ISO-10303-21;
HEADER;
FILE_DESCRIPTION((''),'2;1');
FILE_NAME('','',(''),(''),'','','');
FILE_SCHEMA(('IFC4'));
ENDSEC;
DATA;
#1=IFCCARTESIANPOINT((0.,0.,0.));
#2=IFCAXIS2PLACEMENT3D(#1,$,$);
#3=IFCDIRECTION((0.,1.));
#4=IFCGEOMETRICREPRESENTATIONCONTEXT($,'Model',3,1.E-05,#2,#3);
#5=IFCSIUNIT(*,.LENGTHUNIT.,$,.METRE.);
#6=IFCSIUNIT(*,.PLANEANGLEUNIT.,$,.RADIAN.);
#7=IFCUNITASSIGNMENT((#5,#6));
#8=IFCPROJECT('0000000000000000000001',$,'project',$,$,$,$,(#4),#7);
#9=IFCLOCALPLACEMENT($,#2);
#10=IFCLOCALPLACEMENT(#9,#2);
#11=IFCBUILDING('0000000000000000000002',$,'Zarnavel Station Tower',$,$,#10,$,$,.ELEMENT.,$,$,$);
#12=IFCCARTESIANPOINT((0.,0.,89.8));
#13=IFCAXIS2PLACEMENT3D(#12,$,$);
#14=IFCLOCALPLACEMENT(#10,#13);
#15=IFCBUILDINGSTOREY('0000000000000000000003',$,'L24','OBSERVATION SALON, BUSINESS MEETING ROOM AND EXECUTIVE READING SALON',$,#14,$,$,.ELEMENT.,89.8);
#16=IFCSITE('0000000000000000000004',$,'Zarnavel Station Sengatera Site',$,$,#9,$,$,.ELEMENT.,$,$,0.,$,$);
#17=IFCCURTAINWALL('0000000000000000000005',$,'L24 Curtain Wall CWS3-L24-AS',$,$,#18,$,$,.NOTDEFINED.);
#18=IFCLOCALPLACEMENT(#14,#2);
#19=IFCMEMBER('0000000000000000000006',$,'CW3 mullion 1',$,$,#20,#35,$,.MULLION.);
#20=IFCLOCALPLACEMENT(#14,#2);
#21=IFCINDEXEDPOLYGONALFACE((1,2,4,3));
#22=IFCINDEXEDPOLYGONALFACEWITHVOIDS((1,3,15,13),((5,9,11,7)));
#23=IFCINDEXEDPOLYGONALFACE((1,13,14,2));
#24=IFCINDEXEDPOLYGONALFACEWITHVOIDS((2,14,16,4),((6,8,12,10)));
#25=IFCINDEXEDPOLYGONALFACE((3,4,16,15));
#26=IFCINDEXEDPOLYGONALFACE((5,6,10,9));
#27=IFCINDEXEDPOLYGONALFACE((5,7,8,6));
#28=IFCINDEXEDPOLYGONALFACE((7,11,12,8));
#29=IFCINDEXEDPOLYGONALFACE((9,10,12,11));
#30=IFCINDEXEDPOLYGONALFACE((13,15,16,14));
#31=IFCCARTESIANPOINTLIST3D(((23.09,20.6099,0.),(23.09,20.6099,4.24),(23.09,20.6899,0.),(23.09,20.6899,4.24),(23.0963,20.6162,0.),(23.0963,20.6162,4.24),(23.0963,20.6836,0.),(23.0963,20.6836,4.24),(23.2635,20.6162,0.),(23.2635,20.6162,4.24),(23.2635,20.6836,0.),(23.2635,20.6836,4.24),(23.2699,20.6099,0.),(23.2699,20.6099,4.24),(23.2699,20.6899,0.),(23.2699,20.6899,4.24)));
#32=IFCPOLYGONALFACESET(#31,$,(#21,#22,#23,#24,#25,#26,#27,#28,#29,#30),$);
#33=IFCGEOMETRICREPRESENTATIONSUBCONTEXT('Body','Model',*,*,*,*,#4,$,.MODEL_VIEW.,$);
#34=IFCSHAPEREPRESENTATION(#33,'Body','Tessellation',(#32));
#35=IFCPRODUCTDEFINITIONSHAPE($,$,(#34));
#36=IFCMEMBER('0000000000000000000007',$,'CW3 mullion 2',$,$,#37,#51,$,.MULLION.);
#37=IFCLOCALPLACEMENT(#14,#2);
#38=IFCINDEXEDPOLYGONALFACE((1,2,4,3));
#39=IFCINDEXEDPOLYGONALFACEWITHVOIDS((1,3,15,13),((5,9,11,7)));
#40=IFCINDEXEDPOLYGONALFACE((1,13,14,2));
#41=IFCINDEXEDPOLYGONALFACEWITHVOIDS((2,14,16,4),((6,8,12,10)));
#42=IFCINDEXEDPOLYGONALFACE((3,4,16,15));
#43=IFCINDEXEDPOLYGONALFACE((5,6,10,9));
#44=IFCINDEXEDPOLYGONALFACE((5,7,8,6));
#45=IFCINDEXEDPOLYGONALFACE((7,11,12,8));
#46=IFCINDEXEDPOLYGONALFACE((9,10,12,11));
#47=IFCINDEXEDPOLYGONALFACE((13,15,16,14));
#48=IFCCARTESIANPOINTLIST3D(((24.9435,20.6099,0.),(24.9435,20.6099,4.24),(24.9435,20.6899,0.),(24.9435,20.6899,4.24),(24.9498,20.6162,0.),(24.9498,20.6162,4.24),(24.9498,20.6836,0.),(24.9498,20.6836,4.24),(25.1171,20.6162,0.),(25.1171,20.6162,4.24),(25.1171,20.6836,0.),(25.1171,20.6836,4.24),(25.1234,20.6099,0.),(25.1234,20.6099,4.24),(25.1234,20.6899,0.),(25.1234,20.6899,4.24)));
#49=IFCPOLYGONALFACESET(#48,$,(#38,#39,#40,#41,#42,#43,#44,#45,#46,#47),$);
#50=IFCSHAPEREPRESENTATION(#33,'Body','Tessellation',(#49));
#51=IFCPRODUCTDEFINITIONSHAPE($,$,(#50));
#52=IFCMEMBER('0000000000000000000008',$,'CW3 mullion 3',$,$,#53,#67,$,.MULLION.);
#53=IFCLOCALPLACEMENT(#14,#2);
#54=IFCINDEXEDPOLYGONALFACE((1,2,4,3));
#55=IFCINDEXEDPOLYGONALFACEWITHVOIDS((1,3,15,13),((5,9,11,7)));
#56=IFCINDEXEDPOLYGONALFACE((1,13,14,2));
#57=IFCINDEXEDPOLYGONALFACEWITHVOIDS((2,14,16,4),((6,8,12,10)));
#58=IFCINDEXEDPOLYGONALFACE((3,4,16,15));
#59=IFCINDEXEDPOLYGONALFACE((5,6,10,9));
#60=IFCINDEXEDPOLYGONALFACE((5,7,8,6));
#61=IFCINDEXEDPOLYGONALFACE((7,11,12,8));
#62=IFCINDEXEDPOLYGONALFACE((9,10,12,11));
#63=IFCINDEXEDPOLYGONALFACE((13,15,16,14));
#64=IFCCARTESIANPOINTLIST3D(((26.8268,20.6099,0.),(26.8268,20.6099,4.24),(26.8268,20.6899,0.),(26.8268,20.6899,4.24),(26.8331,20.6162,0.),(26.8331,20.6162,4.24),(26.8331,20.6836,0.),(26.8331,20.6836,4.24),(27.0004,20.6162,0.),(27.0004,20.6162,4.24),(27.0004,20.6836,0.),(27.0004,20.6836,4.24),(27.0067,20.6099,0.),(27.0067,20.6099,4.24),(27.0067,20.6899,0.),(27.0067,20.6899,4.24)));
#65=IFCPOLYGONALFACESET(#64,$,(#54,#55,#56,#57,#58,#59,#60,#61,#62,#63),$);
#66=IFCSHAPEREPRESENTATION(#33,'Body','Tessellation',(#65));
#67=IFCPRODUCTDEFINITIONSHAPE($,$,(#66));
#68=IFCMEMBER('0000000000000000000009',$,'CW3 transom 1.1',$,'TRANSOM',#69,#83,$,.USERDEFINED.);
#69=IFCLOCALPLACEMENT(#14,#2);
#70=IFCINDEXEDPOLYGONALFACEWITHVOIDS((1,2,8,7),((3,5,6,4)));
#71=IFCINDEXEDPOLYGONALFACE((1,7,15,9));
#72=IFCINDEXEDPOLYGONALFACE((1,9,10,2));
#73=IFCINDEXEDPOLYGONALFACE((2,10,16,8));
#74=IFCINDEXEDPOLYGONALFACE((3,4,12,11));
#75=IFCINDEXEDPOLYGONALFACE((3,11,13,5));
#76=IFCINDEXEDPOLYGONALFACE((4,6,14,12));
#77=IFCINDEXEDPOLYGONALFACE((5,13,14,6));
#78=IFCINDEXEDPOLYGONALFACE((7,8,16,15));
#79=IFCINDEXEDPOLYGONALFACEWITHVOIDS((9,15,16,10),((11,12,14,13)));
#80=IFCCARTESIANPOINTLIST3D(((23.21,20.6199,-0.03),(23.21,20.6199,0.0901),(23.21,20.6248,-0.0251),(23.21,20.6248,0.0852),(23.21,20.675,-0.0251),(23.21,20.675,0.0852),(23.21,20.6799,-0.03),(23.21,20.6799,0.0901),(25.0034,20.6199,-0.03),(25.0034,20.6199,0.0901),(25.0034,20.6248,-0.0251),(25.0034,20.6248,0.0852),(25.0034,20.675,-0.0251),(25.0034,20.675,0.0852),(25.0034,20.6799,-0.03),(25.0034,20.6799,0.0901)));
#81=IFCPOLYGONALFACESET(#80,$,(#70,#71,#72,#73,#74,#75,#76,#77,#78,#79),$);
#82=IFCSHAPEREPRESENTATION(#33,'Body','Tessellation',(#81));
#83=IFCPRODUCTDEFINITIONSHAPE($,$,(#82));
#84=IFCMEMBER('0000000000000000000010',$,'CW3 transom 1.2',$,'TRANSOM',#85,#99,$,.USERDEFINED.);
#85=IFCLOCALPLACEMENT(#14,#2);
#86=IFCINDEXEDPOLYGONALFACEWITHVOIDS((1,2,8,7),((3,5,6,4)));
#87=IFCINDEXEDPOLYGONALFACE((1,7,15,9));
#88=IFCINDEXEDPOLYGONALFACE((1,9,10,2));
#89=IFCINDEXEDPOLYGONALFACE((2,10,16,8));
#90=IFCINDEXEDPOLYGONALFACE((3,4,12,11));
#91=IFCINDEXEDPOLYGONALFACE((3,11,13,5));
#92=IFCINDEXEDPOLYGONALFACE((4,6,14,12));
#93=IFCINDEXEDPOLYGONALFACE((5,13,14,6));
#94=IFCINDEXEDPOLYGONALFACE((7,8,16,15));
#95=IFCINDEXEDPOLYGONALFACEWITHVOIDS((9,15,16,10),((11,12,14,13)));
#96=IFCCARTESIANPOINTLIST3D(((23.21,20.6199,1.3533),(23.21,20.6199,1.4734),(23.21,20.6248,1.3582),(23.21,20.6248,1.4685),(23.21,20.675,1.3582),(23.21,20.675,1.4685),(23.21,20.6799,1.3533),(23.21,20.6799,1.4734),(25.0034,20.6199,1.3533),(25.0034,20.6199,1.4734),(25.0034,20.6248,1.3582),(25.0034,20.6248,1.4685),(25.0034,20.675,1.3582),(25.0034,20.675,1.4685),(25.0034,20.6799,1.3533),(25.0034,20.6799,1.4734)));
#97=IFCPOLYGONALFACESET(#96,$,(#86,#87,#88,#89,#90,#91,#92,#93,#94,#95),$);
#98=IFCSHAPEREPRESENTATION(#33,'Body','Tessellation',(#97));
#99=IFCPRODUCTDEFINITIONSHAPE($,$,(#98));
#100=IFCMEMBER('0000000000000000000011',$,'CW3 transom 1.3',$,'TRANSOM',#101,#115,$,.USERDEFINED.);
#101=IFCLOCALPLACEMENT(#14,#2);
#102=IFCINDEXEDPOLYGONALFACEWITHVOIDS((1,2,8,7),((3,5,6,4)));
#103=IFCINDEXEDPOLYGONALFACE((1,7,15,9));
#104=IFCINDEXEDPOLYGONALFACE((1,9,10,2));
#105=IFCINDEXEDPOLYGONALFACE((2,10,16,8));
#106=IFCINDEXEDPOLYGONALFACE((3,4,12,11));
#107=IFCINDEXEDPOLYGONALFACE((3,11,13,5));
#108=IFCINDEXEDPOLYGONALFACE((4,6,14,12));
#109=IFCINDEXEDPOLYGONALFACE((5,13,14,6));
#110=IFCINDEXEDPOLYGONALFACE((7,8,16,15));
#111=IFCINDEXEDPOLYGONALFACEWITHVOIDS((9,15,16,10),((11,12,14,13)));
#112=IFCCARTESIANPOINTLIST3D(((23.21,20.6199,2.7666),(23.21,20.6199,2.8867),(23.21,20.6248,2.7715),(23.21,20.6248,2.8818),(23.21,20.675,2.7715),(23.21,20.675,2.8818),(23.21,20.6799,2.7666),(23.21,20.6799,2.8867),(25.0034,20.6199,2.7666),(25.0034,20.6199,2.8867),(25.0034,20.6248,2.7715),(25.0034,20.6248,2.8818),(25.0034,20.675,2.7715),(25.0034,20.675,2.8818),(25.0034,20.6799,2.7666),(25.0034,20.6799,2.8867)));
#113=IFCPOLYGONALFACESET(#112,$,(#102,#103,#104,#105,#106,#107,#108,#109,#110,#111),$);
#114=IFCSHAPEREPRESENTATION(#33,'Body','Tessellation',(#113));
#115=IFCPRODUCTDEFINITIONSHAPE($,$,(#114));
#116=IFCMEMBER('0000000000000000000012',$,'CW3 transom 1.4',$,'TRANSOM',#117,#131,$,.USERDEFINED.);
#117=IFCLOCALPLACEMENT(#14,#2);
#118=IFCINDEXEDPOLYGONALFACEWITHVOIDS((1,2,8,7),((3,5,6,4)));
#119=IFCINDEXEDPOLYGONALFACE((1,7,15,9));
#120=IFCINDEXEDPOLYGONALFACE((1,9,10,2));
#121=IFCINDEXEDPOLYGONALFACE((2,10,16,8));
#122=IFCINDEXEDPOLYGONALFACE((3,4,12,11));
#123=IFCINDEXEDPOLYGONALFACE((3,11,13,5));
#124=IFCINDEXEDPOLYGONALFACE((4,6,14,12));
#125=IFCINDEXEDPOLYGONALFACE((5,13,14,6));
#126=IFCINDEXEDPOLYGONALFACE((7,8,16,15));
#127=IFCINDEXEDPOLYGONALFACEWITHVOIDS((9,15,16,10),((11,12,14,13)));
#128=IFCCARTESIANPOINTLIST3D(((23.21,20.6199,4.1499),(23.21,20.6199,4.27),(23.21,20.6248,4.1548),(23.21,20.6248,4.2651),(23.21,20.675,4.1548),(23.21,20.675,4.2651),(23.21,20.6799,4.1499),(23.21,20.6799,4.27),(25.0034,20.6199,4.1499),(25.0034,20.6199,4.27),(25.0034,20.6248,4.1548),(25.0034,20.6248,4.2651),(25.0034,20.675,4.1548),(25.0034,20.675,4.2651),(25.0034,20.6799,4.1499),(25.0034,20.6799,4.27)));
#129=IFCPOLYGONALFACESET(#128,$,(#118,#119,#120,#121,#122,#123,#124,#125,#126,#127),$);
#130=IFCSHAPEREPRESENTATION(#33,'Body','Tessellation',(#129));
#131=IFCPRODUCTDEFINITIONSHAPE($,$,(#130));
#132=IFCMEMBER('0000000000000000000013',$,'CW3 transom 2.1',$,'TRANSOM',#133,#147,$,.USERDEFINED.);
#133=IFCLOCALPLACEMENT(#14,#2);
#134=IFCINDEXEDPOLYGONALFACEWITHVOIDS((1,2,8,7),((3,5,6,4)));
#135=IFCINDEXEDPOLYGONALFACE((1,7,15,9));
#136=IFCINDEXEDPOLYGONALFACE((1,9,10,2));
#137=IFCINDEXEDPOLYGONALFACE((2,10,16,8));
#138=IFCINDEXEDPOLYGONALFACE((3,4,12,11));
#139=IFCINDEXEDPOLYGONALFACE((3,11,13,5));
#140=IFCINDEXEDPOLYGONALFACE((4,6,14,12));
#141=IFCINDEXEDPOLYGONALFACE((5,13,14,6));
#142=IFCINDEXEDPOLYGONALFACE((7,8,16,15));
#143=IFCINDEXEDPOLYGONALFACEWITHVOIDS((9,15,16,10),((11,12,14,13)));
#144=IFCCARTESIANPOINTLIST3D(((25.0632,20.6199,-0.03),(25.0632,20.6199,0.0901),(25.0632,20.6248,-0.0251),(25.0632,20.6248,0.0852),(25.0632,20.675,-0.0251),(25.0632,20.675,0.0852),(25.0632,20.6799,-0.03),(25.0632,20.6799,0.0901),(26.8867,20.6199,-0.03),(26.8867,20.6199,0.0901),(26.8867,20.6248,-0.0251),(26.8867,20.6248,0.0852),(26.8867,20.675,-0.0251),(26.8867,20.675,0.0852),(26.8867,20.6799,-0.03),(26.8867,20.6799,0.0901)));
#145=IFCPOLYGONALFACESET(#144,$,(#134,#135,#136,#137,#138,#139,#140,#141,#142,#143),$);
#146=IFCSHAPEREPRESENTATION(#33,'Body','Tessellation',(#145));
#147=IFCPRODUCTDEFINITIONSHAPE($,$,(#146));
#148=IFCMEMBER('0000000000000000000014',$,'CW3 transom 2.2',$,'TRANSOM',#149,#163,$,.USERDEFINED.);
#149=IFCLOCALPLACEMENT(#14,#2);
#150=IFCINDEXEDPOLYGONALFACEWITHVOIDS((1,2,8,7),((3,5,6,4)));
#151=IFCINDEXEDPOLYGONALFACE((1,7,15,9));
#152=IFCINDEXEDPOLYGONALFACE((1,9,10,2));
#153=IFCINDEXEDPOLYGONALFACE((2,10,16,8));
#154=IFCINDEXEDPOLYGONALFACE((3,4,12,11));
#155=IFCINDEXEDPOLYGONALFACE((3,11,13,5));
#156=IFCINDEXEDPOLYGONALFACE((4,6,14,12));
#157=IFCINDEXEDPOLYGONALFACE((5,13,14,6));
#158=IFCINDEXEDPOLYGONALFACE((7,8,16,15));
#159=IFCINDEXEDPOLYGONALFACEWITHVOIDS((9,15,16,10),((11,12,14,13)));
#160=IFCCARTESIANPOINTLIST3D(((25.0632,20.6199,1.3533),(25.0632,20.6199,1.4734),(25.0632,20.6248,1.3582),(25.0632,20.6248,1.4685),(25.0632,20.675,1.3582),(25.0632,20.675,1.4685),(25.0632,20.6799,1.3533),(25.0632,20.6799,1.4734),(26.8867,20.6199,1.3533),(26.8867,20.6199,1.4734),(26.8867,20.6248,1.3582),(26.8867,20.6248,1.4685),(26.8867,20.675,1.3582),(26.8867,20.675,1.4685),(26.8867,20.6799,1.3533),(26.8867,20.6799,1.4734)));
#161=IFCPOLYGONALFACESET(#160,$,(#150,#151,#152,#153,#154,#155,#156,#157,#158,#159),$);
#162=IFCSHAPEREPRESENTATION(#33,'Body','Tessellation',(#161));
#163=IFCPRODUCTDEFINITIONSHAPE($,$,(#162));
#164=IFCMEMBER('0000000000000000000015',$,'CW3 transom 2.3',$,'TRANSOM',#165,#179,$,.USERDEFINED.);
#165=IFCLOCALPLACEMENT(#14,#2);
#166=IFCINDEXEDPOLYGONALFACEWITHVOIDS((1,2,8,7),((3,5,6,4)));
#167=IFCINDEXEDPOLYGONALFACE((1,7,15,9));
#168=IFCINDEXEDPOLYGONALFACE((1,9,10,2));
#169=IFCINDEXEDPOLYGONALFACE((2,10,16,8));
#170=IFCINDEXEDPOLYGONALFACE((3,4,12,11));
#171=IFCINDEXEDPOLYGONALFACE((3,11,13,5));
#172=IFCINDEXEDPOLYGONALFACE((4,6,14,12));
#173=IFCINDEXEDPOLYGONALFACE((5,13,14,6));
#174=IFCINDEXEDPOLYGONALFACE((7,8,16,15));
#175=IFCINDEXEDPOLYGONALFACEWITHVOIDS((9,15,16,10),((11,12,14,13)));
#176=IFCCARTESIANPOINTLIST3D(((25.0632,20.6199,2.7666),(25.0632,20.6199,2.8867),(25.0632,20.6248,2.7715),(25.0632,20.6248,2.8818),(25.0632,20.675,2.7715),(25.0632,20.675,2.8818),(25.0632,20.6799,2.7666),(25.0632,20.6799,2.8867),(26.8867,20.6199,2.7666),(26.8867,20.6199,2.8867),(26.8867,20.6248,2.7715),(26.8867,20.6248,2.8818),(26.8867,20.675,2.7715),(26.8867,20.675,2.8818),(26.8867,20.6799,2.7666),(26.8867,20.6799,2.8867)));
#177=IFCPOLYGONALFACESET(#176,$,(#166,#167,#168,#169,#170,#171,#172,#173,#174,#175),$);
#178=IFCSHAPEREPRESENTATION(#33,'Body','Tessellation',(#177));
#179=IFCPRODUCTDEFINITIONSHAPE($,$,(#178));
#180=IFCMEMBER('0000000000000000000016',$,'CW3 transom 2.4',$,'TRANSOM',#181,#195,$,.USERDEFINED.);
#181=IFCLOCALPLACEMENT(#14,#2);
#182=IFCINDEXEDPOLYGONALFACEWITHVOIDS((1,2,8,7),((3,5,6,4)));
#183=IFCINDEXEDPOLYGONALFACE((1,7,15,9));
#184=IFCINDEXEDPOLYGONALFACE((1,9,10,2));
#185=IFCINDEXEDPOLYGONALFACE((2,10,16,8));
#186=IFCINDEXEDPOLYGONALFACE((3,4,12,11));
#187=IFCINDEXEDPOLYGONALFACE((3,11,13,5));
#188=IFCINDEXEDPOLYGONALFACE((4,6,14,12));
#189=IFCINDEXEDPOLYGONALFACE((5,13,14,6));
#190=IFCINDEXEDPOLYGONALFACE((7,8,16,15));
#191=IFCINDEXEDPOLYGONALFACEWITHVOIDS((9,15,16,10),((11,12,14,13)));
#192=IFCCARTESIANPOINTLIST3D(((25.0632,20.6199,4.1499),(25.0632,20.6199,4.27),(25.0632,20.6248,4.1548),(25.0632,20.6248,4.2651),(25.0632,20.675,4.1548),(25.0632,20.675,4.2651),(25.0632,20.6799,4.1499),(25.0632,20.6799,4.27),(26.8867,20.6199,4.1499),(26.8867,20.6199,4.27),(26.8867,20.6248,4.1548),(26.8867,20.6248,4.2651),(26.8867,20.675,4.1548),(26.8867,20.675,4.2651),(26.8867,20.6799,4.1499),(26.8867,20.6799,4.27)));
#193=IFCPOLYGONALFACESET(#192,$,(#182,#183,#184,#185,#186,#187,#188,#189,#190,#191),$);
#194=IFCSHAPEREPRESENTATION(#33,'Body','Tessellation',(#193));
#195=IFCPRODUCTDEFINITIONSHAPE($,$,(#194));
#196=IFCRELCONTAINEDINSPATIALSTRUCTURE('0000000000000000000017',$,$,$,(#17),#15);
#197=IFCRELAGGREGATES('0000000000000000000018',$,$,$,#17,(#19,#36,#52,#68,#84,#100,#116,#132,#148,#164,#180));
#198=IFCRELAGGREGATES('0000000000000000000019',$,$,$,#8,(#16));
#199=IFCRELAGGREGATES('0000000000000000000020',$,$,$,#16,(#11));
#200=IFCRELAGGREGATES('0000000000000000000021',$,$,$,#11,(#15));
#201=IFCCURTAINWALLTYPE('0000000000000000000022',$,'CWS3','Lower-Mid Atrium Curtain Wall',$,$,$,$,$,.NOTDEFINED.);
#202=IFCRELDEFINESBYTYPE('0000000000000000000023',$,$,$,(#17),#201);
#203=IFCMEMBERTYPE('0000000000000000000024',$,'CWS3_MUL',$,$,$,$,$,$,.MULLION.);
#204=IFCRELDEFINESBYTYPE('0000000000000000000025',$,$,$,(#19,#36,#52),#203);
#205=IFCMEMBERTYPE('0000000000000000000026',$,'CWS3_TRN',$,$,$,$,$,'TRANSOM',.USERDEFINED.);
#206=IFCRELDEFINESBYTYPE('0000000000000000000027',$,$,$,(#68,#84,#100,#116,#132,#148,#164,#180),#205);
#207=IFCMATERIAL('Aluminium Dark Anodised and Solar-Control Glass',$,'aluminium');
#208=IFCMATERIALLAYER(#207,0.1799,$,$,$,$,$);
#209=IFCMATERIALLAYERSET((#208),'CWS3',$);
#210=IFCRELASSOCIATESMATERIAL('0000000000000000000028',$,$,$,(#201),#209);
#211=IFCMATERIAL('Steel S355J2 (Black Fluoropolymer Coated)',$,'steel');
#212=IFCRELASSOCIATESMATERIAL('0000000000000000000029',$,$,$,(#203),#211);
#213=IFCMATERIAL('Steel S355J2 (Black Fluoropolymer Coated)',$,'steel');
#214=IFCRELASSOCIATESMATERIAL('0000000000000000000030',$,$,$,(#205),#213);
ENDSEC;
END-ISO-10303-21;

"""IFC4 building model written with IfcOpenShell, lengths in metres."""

from ifc_helpers import new_model, si_unit, direction, frame, origin, origin_2d, place, context, subcontext, project, spatial, hollow_rectangle, extrude, material, layer, layer_set, material_profile, profile_set, type_object, element, aggregate, save


model = new_model("IFC4")

# Units and contexts
model_context = context("Model", 3, precision=1e-05, world=origin(), true_north=direction((0.0, 1.0)))
body_context = subcontext(model_context, "Body", "Model", "MODEL_VIEW")
ifc_project = project(units=[si_unit("LENGTHUNIT", "METRE"), si_unit("PLANEANGLEUNIT", "RADIAN")], contexts=[model_context])

# Site, building, storey
site_placement = place(None, origin())
site = spatial("IfcSite", under=ifc_project, at=site_placement, Name="Zarnavel Station Sengatera Site", CompositionType="ELEMENT", RefElevation=0.0)
building_placement = place(site_placement, origin())
building = spatial("IfcBuilding", under=site, at=building_placement, Name="Zarnavel Station Tower", CompositionType="ELEMENT")
storey_placement = place(building_placement, frame((0.0, 0.0, 89.8)))
storey = spatial("IfcBuildingStorey", under=building, at=storey_placement, Name="L24", Description="OBSERVATION SALON, BUSINESS MEETING ROOM AND EXECUTIVE READING SALON", CompositionType="ELEMENT", Elevation=89.8)

# Curtain wall, members
ifc_material_1 = material(Name="Aluminium Dark Anodised and Solar-Control Glass", Category="aluminium")
ifc_layer_1 = layer(ifc_material_1, 0.1799)
ifc_layer_set_1 = layer_set([ifc_layer_1], Name="CWS3")
curtain_wall_type_1 = type_object("IfcCurtainWallType", Name="CWS3", Description="Lower-Mid Atrium Curtain Wall", PredefinedType="NOTDEFINED", material=ifc_layer_set_1)
curtain_wall_1_placement = place(storey_placement, origin())
curtain_wall_1 = element("IfcCurtainWall", 1, at=curtain_wall_1_placement, inside=storey, type_object=curtain_wall_type_1, Name="L24 Curtain Wall CWS3-L24-AS", PredefinedType="NOTDEFINED")
ifc_material_2 = material(Name="Steel S355J2 (Black Fluoropolymer Coated)", Category="steel")
ifc_material_profile_1 = material_profile(ifc_material_2, hollow_rectangle(XDim=0.0801, YDim=0.1799, WallThickness=0.0063, at=origin_2d()), Name="RHS180x80x6.3")
ifc_profile_set_1 = profile_set([ifc_material_profile_1], Name="Steel S355J2 (Black Fluoropolymer Coated)")
member_type_1 = type_object("IfcMemberType", Name="CWS3_MUL", PredefinedType="MULLION", material=ifc_profile_set_1)
member_1_placement = place(storey_placement, frame((23.1799, 20.6499, 0.0), z_axis=(0.0, 0.0, 1.0), x_axis=(0.0, 1.0, 0.0)))
member_1 = element("IfcMember", 2, at=member_1_placement, type_object=member_type_1, Name="CW3 mullion 1", PredefinedType="MULLION", context=body_context, shape_type="SweptSolid", body=[
    extrude(hollow_rectangle(XDim=0.0801, YDim=0.1799, WallThickness=0.0063, at=origin_2d()), origin(), (0.0, 0.0, 1.0), 4.24),
])
member_2_placement = place(storey_placement, frame((25.0334, 20.6499, 0.0), z_axis=(0.0, 0.0, 1.0), x_axis=(0.0, 1.0, 0.0)))
member_2 = element("IfcMember", 3, at=member_2_placement, type_object=member_type_1, Name="CW3 mullion 2", PredefinedType="MULLION", context=body_context, shape_type="SweptSolid", body=[
    extrude(hollow_rectangle(XDim=0.0801, YDim=0.1799, WallThickness=0.0063, at=origin_2d()), origin(), (0.0, 0.0, 1.0), 4.24),
])
member_3_placement = place(storey_placement, frame((26.9167, 20.6499, 0.0), z_axis=(0.0, 0.0, 1.0), x_axis=(0.0, 1.0, 0.0)))
member_3 = element("IfcMember", 4, at=member_3_placement, type_object=member_type_1, Name="CW3 mullion 3", PredefinedType="MULLION", context=body_context, shape_type="SweptSolid", body=[
    extrude(hollow_rectangle(XDim=0.0801, YDim=0.1799, WallThickness=0.0063, at=origin_2d()), origin(), (0.0, 0.0, 1.0), 4.24),
])
ifc_material_3 = material(Name="Steel S355J2 (Black Fluoropolymer Coated)", Category="steel")
ifc_material_profile_2 = material_profile(ifc_material_3, hollow_rectangle(XDim=0.0601, YDim=0.1201, WallThickness=0.0049, at=origin_2d()), Name="RHS120x60x5")
ifc_profile_set_2 = profile_set([ifc_material_profile_2], Name="Steel S355J2 (Black Fluoropolymer Coated)")
member_type_2 = type_object("IfcMemberType", Name="CWS3_TRN", ElementType="TRANSOM", PredefinedType="USERDEFINED", material=ifc_profile_set_2)
member_4_placement = place(storey_placement, frame((23.21, 20.6499, 0.03), z_axis=(1.0, 0.0, 0.0), x_axis=(0.0, 1.0, 0.0)))
member_4 = element("IfcMember", 5, at=member_4_placement, type_object=member_type_2, Name="CW3 transom 1.1", ObjectType="TRANSOM", PredefinedType="USERDEFINED", context=body_context, shape_type="SweptSolid", body=[
    extrude(hollow_rectangle(XDim=0.0601, YDim=0.1201, WallThickness=0.0049, at=origin_2d()), origin(), (0.0, 0.0, 1.0), 1.7935),
])
member_5_placement = place(storey_placement, frame((23.21, 20.6499, 1.4133), z_axis=(1.0, 0.0, 0.0), x_axis=(0.0, 1.0, 0.0)))
member_5 = element("IfcMember", 6, at=member_5_placement, type_object=member_type_2, Name="CW3 transom 1.2", ObjectType="TRANSOM", PredefinedType="USERDEFINED", context=body_context, shape_type="SweptSolid", body=[
    extrude(hollow_rectangle(XDim=0.0601, YDim=0.1201, WallThickness=0.0049, at=origin_2d()), origin(), (0.0, 0.0, 1.0), 1.7935),
])
member_6_placement = place(storey_placement, frame((23.21, 20.6499, 2.8267), z_axis=(1.0, 0.0, 0.0), x_axis=(0.0, 1.0, 0.0)))
member_6 = element("IfcMember", 7, at=member_6_placement, type_object=member_type_2, Name="CW3 transom 1.3", ObjectType="TRANSOM", PredefinedType="USERDEFINED", context=body_context, shape_type="SweptSolid", body=[
    extrude(hollow_rectangle(XDim=0.0601, YDim=0.1201, WallThickness=0.0049, at=origin_2d()), origin(), (0.0, 0.0, 1.0), 1.7935),
])
member_7_placement = place(storey_placement, frame((23.21, 20.6499, 4.21), z_axis=(1.0, 0.0, 0.0), x_axis=(0.0, 1.0, 0.0)))
member_7 = element("IfcMember", 8, at=member_7_placement, type_object=member_type_2, Name="CW3 transom 1.4", ObjectType="TRANSOM", PredefinedType="USERDEFINED", context=body_context, shape_type="SweptSolid", body=[
    extrude(hollow_rectangle(XDim=0.0601, YDim=0.1201, WallThickness=0.0049, at=origin_2d()), origin(), (0.0, 0.0, 1.0), 1.7935),
])
member_8_placement = place(storey_placement, frame((25.0632, 20.6499, 0.03), z_axis=(1.0, 0.0, 0.0), x_axis=(0.0, 1.0, 0.0)))
member_8 = element("IfcMember", 9, at=member_8_placement, type_object=member_type_2, Name="CW3 transom 2.1", ObjectType="TRANSOM", PredefinedType="USERDEFINED", context=body_context, shape_type="SweptSolid", body=[
    extrude(hollow_rectangle(XDim=0.0601, YDim=0.1201, WallThickness=0.0049, at=origin_2d()), origin(), (0.0, 0.0, 1.0), 1.8235),
])
member_9_placement = place(storey_placement, frame((25.0632, 20.6499, 1.4133), z_axis=(1.0, 0.0, 0.0), x_axis=(0.0, 1.0, 0.0)))
member_9 = element("IfcMember", 10, at=member_9_placement, type_object=member_type_2, Name="CW3 transom 2.2", ObjectType="TRANSOM", PredefinedType="USERDEFINED", context=body_context, shape_type="SweptSolid", body=[
    extrude(hollow_rectangle(XDim=0.0601, YDim=0.1201, WallThickness=0.0049, at=origin_2d()), origin(), (0.0, 0.0, 1.0), 1.8235),
])
member_10_placement = place(storey_placement, frame((25.0632, 20.6499, 2.8267), z_axis=(1.0, 0.0, 0.0), x_axis=(0.0, 1.0, 0.0)))
member_10 = element("IfcMember", 11, at=member_10_placement, type_object=member_type_2, Name="CW3 transom 2.3", ObjectType="TRANSOM", PredefinedType="USERDEFINED", context=body_context, shape_type="SweptSolid", body=[
    extrude(hollow_rectangle(XDim=0.0601, YDim=0.1201, WallThickness=0.0049, at=origin_2d()), origin(), (0.0, 0.0, 1.0), 1.8235),
])
member_11_placement = place(storey_placement, frame((25.0632, 20.6499, 4.21), z_axis=(1.0, 0.0, 0.0), x_axis=(0.0, 1.0, 0.0)))
member_11 = element("IfcMember", 12, at=member_11_placement, type_object=member_type_2, Name="CW3 transom 2.4", ObjectType="TRANSOM", PredefinedType="USERDEFINED", context=body_context, shape_type="SweptSolid", body=[
    extrude(hollow_rectangle(XDim=0.0601, YDim=0.1201, WallThickness=0.0049, at=origin_2d()), origin(), (0.0, 0.0, 1.0), 1.8235),
])

aggregate(curtain_wall_1, [member_1, member_2, member_3, member_4, member_5, member_6, member_7, member_8, member_9, member_10, member_11])

save(model, "model.ifc")
